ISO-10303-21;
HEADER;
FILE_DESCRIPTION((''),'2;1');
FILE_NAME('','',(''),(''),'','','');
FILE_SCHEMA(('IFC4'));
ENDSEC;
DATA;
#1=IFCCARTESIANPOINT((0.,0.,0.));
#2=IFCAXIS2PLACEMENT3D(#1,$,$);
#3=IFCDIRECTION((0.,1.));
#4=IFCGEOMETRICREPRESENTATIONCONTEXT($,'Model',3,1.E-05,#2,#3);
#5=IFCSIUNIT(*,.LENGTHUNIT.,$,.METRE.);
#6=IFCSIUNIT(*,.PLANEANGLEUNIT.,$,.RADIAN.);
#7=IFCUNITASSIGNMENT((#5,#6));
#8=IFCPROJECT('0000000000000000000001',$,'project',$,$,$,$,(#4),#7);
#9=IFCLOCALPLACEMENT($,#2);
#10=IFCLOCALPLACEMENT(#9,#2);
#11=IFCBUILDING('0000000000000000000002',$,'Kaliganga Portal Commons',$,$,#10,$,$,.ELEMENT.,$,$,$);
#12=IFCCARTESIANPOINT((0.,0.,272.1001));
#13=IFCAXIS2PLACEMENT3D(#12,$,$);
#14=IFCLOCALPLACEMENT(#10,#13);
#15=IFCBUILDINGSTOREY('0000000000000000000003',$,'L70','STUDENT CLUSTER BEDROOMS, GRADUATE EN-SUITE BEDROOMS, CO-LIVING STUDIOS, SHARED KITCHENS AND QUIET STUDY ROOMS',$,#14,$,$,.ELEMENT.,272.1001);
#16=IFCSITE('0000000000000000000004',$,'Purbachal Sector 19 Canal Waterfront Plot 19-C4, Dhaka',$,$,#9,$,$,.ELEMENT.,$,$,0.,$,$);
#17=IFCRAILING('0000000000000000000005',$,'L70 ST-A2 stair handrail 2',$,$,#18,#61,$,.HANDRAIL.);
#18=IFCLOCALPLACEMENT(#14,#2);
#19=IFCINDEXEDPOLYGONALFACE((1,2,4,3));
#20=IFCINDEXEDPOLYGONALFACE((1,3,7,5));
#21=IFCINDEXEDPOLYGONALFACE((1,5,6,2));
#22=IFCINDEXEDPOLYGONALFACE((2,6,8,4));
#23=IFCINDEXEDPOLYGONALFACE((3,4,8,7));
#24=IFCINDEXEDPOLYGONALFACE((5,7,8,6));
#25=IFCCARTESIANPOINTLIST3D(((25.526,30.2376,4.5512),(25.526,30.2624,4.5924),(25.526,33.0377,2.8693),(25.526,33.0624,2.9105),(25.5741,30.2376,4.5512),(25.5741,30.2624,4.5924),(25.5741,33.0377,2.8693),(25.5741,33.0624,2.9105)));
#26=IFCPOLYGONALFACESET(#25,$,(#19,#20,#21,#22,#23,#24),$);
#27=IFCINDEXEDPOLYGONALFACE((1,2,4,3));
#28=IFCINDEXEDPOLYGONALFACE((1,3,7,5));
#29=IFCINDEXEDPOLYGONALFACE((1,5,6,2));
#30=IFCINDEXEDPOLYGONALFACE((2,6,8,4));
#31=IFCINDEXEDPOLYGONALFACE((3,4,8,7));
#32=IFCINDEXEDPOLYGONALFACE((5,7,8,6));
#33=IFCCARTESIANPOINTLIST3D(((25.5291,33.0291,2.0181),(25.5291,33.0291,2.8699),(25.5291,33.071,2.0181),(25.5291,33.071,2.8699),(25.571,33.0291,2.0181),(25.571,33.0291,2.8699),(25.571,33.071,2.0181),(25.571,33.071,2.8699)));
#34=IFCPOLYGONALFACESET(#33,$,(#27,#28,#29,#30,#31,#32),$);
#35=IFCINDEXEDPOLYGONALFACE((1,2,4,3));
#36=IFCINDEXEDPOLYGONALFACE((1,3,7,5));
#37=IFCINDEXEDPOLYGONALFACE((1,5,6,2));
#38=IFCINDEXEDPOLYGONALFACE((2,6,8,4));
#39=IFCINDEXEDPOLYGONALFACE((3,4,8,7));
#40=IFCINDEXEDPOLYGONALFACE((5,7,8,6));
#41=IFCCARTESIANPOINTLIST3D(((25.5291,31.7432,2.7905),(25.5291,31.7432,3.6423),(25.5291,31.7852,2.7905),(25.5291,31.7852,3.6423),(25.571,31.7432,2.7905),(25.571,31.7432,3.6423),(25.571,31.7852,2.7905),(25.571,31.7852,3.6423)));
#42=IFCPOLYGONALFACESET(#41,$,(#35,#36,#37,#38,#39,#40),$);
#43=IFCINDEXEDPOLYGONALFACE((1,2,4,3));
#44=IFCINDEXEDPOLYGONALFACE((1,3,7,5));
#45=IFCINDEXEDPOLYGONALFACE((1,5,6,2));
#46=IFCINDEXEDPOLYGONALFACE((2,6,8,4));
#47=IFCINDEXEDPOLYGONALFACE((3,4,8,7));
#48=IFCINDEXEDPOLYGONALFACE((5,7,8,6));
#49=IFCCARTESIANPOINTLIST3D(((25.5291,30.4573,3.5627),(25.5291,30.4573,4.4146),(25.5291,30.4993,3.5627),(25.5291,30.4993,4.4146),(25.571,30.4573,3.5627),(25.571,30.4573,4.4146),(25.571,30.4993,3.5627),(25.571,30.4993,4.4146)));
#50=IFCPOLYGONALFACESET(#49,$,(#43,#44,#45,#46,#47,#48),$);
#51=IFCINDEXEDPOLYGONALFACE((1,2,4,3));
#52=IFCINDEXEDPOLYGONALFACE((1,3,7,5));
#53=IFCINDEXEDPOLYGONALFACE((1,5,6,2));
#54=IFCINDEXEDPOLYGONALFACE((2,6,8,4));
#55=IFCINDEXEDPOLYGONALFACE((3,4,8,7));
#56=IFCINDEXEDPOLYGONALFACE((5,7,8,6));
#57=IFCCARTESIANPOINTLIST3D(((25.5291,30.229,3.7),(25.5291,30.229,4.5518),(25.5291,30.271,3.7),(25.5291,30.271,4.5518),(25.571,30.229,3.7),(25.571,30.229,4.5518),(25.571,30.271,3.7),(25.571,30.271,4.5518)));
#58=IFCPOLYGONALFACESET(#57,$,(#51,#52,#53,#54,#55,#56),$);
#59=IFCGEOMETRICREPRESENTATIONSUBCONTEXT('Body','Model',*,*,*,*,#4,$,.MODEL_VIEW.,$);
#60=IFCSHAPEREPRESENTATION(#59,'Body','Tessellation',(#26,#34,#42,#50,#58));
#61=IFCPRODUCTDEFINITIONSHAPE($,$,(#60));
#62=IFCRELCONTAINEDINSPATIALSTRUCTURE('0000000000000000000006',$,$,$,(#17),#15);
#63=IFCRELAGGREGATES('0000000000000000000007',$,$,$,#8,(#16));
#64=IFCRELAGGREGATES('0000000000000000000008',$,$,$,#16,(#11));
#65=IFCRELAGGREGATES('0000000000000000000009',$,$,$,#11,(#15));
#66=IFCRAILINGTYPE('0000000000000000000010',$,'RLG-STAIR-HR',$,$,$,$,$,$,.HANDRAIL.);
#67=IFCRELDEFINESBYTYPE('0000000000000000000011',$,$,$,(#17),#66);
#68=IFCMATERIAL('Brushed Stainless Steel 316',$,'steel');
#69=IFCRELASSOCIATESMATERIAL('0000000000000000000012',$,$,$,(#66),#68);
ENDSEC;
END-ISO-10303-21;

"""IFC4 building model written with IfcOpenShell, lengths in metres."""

from ifc_helpers import new_model, si_unit, direction, frame, origin, origin_2d, place, context, subcontext, project, spatial, rectangle, extrude, material, type_object, element, save


model = new_model("IFC4")

# Units and contexts
model_context = context("Model", 3, precision=1e-05, world=origin(), true_north=direction((0.0, 1.0)))
body_context = subcontext(model_context, "Body", "Model", "MODEL_VIEW")
ifc_project = project(units=[si_unit("LENGTHUNIT", "METRE"), si_unit("PLANEANGLEUNIT", "RADIAN")], contexts=[model_context])

# Site, building, storey
site_placement = place(None, origin())
site = spatial("IfcSite", under=ifc_project, at=site_placement, Name="Purbachal Sector 19 Canal Waterfront Plot 19-C4, Dhaka", CompositionType="ELEMENT", RefElevation=0.0)
building_placement = place(site_placement, origin())
building = spatial("IfcBuilding", under=site, at=building_placement, Name="Kaliganga Portal Commons", CompositionType="ELEMENT")
storey_placement = place(building_placement, frame((0.0, 0.0, 272.1001)))
storey = spatial("IfcBuildingStorey", under=building, at=storey_placement, Name="L70", Description="STUDENT CLUSTER BEDROOMS, GRADUATE EN-SUITE BEDROOMS, CO-LIVING STUDIOS, SHARED KITCHENS AND QUIET STUDY ROOMS", CompositionType="ELEMENT", Elevation=272.1001)

# Railing
ifc_material_1 = material(Name="Brushed Stainless Steel 316", Category="steel")
railing_type_1 = type_object("IfcRailingType", Name="RLG-STAIR-HR", PredefinedType="HANDRAIL", material=ifc_material_1)
railing_1_placement = place(storey_placement, frame((25.55, 33.05, 2.0181)))
element("IfcRailing", 1, at=railing_1_placement, inside=storey, type_object=railing_type_1, Name="L70 ST-A2 stair handrail 2", PredefinedType="HANDRAIL", context=body_context, shape_type="SweptSolid", body=[
    extrude(rectangle(XDim=0.0481, YDim=0.0481, at=origin_2d()), frame((0.0, 0.0, 0.8718), z_axis=(0.0, -0.857242, 0.514913), x_axis=(1.0, 0.0, 0.0)), (0.0, 0.0, 1.0), 3.2664),
    extrude(rectangle(XDim=0.042, YDim=0.042, at=origin_2d()), origin(), (0.0, 0.0, 1.0), 0.8518),
    extrude(rectangle(XDim=0.042, YDim=0.042, at=origin_2d()), frame((0.0, -1.2859, 0.7725)), (0.0, 0.0, 1.0), 0.8518),
    extrude(rectangle(XDim=0.042, YDim=0.042, at=origin_2d()), frame((0.0, -2.5718, 1.5447)), (0.0, 0.0, 1.0), 0.8518),
    extrude(rectangle(XDim=0.042, YDim=0.042, at=origin_2d()), frame((0.0, -2.8, 1.6819)), (0.0, 0.0, 1.0), 0.8518),
])

save(model, "model.ifc")
